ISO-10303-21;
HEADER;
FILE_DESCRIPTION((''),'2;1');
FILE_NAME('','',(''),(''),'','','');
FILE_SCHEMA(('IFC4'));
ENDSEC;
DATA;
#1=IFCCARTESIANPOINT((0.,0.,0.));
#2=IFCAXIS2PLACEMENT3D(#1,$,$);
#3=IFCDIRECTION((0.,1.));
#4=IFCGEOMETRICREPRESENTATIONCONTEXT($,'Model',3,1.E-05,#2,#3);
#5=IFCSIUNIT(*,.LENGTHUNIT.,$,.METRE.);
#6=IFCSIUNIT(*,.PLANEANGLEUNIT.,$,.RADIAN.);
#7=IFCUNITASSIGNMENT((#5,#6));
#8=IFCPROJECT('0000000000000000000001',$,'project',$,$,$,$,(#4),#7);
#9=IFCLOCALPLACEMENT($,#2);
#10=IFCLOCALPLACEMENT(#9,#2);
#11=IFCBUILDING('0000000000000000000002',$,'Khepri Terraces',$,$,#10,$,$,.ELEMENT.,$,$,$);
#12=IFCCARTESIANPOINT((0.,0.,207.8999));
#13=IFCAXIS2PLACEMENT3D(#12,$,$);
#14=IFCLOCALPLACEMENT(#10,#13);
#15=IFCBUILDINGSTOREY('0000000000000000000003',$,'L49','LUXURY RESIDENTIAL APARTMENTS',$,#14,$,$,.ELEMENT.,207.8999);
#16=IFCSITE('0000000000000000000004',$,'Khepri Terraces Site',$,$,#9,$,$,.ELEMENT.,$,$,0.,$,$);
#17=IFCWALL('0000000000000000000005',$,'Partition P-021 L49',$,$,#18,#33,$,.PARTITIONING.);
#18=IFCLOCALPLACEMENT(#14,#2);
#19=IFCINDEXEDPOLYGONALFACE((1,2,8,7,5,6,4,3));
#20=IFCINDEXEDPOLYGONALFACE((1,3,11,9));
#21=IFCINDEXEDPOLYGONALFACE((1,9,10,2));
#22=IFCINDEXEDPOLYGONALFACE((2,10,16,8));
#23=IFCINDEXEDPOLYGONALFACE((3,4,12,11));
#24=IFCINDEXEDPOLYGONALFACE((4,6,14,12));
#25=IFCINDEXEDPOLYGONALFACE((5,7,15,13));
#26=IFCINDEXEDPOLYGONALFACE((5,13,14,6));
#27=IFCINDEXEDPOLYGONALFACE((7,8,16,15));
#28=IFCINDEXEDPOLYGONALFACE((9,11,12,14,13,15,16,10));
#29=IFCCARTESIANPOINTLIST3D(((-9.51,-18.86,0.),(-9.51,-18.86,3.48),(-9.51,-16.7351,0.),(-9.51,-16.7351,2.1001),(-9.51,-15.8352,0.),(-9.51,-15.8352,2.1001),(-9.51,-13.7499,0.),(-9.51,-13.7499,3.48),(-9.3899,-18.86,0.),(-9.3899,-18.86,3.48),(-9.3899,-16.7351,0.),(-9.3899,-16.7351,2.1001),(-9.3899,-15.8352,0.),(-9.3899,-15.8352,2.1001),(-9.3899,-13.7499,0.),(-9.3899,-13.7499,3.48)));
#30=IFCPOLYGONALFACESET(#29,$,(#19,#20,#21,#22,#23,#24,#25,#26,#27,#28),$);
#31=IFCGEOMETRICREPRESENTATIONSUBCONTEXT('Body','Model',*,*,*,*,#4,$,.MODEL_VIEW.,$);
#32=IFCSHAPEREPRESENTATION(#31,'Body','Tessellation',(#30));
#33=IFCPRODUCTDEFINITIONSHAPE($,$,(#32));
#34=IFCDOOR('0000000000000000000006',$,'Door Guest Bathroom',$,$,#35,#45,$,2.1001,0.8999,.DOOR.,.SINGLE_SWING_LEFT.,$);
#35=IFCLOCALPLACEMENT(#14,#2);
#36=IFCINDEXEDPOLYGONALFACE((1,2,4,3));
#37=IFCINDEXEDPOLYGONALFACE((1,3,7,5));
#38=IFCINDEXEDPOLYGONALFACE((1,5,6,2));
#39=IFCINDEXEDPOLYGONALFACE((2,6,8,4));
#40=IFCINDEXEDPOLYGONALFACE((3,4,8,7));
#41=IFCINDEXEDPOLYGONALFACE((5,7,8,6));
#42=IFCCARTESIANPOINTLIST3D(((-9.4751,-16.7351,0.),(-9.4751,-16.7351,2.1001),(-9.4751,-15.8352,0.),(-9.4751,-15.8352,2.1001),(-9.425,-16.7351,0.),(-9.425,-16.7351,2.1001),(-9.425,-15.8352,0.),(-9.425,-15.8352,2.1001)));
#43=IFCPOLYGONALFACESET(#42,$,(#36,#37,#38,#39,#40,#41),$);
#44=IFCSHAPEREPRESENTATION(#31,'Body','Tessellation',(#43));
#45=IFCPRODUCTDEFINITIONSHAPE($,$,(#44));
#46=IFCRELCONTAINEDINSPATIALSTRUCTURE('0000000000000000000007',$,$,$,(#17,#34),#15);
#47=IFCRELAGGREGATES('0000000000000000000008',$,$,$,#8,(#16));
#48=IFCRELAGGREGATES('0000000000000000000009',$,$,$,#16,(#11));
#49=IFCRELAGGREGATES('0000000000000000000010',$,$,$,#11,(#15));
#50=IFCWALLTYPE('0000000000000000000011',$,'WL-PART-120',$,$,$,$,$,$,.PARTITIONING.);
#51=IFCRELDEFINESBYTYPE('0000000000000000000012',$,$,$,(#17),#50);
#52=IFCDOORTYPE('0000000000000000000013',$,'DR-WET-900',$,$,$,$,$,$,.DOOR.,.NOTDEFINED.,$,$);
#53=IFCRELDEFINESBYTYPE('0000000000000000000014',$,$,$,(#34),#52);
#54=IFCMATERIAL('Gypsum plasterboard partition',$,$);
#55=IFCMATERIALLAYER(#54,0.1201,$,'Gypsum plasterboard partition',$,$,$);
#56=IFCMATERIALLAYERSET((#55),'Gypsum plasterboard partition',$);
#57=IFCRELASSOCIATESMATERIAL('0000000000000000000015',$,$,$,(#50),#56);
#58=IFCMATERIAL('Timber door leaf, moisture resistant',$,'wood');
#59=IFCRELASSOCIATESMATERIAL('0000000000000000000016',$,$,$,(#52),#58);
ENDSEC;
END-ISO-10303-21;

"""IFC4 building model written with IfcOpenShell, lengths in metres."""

from ifc_helpers import new_model, si_unit, direction, frame, frame_2d, origin, place, context, subcontext, project, spatial, rectangle, extrude, material, layer, layer_set, type_object, element, fill, save


model = new_model("IFC4")

# Units and contexts
model_context = context("Model", 3, precision=1e-05, world=origin(), true_north=direction((0.0, 1.0)))
body_context = subcontext(model_context, "Body", "Model", "MODEL_VIEW")
ifc_project = project(units=[si_unit("LENGTHUNIT", "METRE"), si_unit("PLANEANGLEUNIT", "RADIAN")], contexts=[model_context])

# Site, building, storey
site_placement = place(None, origin())
site = spatial("IfcSite", under=ifc_project, at=site_placement, Name="Khepri Terraces Site", CompositionType="ELEMENT", RefElevation=0.0)
building_placement = place(site_placement, origin())
building = spatial("IfcBuilding", under=site, at=building_placement, Name="Khepri Terraces", CompositionType="ELEMENT")
storey_placement = place(building_placement, frame((0.0, 0.0, 207.8999)))
storey = spatial("IfcBuildingStorey", under=building, at=storey_placement, Name="L49", Description="LUXURY RESIDENTIAL APARTMENTS", CompositionType="ELEMENT", Elevation=207.8999)

# Shared definitions
ifc_material_1 = material(Name="Gypsum plasterboard partition")
ifc_layer_1 = layer(ifc_material_1, 0.1201, Name="Gypsum plasterboard partition")
ifc_layer_set_1 = layer_set([ifc_layer_1], Name="Gypsum plasterboard partition")
wall_type_1 = type_object("IfcWallType", Name="WL-PART-120", PredefinedType="PARTITIONING", material=ifc_layer_set_1)

# Wall, opening, door
wall_1_placement = place(storey_placement, frame((-9.45, -18.8601, 0.0), z_axis=(0.0, 0.0, 1.0), x_axis=(0.0, 1.0, 0.0)))
wall_1 = element("IfcWall", 1, at=wall_1_placement, inside=storey, type_object=wall_type_1, Name="Partition P-021 L49", PredefinedType="PARTITIONING", context=body_context, shape_type="SweptSolid", body=[
    extrude(rectangle(XDim=5.1101, YDim=0.1201, at=frame_2d((2.5552, 0.0))), origin(), (0.0, 0.0, 1.0), 3.48),
])
opening_1_placement = place(wall_1_placement, frame((2.125, 0.0, 0.0)))
opening_1 = element("IfcOpeningElement", 2, at=opening_1_placement, cuts=wall_1, PredefinedType="OPENING", context=body_context, shape_type="SweptSolid", body=[
    extrude(rectangle(XDim=0.8999, YDim=2.1001, at=frame_2d((0.45, 1.05))), frame((0.0, 0.0701, 0.0), z_axis=(0.0, -1.0, 0.0), x_axis=(1.0, 0.0, 0.0)), (0.0, 0.0, 1.0), 0.1401),
])
ifc_material_2 = material(Name="Timber door leaf, moisture resistant", Category="wood")
door_type_1 = type_object("IfcDoorType", Name="DR-WET-900", OperationType="NOTDEFINED", PredefinedType="DOOR", material=ifc_material_2)
door_1_placement = place(opening_1_placement, frame((0.8999, 0.0, 0.0), z_axis=(0.0, 0.0, 1.0), x_axis=(-1.0, 0.0, 0.0)))
door_1 = element("IfcDoor", 3, at=door_1_placement, inside=storey, type_object=door_type_1, Name="Door Guest Bathroom", OperationType="SINGLE_SWING_LEFT", OverallHeight=2.1001, OverallWidth=0.8999, PredefinedType="DOOR", context=body_context, shape_type="SweptSolid", body=[
    extrude(rectangle(XDim=0.8999, YDim=2.1001, at=frame_2d((0.45, 1.05))), frame((0.0, 0.0249, 0.0), z_axis=(0.0, -1.0, 0.0), x_axis=(1.0, 0.0, 0.0)), (0.0, 0.0, 1.0), 0.05),
])
fill(opening_1, door_1)

save(model, "model.ifc")
